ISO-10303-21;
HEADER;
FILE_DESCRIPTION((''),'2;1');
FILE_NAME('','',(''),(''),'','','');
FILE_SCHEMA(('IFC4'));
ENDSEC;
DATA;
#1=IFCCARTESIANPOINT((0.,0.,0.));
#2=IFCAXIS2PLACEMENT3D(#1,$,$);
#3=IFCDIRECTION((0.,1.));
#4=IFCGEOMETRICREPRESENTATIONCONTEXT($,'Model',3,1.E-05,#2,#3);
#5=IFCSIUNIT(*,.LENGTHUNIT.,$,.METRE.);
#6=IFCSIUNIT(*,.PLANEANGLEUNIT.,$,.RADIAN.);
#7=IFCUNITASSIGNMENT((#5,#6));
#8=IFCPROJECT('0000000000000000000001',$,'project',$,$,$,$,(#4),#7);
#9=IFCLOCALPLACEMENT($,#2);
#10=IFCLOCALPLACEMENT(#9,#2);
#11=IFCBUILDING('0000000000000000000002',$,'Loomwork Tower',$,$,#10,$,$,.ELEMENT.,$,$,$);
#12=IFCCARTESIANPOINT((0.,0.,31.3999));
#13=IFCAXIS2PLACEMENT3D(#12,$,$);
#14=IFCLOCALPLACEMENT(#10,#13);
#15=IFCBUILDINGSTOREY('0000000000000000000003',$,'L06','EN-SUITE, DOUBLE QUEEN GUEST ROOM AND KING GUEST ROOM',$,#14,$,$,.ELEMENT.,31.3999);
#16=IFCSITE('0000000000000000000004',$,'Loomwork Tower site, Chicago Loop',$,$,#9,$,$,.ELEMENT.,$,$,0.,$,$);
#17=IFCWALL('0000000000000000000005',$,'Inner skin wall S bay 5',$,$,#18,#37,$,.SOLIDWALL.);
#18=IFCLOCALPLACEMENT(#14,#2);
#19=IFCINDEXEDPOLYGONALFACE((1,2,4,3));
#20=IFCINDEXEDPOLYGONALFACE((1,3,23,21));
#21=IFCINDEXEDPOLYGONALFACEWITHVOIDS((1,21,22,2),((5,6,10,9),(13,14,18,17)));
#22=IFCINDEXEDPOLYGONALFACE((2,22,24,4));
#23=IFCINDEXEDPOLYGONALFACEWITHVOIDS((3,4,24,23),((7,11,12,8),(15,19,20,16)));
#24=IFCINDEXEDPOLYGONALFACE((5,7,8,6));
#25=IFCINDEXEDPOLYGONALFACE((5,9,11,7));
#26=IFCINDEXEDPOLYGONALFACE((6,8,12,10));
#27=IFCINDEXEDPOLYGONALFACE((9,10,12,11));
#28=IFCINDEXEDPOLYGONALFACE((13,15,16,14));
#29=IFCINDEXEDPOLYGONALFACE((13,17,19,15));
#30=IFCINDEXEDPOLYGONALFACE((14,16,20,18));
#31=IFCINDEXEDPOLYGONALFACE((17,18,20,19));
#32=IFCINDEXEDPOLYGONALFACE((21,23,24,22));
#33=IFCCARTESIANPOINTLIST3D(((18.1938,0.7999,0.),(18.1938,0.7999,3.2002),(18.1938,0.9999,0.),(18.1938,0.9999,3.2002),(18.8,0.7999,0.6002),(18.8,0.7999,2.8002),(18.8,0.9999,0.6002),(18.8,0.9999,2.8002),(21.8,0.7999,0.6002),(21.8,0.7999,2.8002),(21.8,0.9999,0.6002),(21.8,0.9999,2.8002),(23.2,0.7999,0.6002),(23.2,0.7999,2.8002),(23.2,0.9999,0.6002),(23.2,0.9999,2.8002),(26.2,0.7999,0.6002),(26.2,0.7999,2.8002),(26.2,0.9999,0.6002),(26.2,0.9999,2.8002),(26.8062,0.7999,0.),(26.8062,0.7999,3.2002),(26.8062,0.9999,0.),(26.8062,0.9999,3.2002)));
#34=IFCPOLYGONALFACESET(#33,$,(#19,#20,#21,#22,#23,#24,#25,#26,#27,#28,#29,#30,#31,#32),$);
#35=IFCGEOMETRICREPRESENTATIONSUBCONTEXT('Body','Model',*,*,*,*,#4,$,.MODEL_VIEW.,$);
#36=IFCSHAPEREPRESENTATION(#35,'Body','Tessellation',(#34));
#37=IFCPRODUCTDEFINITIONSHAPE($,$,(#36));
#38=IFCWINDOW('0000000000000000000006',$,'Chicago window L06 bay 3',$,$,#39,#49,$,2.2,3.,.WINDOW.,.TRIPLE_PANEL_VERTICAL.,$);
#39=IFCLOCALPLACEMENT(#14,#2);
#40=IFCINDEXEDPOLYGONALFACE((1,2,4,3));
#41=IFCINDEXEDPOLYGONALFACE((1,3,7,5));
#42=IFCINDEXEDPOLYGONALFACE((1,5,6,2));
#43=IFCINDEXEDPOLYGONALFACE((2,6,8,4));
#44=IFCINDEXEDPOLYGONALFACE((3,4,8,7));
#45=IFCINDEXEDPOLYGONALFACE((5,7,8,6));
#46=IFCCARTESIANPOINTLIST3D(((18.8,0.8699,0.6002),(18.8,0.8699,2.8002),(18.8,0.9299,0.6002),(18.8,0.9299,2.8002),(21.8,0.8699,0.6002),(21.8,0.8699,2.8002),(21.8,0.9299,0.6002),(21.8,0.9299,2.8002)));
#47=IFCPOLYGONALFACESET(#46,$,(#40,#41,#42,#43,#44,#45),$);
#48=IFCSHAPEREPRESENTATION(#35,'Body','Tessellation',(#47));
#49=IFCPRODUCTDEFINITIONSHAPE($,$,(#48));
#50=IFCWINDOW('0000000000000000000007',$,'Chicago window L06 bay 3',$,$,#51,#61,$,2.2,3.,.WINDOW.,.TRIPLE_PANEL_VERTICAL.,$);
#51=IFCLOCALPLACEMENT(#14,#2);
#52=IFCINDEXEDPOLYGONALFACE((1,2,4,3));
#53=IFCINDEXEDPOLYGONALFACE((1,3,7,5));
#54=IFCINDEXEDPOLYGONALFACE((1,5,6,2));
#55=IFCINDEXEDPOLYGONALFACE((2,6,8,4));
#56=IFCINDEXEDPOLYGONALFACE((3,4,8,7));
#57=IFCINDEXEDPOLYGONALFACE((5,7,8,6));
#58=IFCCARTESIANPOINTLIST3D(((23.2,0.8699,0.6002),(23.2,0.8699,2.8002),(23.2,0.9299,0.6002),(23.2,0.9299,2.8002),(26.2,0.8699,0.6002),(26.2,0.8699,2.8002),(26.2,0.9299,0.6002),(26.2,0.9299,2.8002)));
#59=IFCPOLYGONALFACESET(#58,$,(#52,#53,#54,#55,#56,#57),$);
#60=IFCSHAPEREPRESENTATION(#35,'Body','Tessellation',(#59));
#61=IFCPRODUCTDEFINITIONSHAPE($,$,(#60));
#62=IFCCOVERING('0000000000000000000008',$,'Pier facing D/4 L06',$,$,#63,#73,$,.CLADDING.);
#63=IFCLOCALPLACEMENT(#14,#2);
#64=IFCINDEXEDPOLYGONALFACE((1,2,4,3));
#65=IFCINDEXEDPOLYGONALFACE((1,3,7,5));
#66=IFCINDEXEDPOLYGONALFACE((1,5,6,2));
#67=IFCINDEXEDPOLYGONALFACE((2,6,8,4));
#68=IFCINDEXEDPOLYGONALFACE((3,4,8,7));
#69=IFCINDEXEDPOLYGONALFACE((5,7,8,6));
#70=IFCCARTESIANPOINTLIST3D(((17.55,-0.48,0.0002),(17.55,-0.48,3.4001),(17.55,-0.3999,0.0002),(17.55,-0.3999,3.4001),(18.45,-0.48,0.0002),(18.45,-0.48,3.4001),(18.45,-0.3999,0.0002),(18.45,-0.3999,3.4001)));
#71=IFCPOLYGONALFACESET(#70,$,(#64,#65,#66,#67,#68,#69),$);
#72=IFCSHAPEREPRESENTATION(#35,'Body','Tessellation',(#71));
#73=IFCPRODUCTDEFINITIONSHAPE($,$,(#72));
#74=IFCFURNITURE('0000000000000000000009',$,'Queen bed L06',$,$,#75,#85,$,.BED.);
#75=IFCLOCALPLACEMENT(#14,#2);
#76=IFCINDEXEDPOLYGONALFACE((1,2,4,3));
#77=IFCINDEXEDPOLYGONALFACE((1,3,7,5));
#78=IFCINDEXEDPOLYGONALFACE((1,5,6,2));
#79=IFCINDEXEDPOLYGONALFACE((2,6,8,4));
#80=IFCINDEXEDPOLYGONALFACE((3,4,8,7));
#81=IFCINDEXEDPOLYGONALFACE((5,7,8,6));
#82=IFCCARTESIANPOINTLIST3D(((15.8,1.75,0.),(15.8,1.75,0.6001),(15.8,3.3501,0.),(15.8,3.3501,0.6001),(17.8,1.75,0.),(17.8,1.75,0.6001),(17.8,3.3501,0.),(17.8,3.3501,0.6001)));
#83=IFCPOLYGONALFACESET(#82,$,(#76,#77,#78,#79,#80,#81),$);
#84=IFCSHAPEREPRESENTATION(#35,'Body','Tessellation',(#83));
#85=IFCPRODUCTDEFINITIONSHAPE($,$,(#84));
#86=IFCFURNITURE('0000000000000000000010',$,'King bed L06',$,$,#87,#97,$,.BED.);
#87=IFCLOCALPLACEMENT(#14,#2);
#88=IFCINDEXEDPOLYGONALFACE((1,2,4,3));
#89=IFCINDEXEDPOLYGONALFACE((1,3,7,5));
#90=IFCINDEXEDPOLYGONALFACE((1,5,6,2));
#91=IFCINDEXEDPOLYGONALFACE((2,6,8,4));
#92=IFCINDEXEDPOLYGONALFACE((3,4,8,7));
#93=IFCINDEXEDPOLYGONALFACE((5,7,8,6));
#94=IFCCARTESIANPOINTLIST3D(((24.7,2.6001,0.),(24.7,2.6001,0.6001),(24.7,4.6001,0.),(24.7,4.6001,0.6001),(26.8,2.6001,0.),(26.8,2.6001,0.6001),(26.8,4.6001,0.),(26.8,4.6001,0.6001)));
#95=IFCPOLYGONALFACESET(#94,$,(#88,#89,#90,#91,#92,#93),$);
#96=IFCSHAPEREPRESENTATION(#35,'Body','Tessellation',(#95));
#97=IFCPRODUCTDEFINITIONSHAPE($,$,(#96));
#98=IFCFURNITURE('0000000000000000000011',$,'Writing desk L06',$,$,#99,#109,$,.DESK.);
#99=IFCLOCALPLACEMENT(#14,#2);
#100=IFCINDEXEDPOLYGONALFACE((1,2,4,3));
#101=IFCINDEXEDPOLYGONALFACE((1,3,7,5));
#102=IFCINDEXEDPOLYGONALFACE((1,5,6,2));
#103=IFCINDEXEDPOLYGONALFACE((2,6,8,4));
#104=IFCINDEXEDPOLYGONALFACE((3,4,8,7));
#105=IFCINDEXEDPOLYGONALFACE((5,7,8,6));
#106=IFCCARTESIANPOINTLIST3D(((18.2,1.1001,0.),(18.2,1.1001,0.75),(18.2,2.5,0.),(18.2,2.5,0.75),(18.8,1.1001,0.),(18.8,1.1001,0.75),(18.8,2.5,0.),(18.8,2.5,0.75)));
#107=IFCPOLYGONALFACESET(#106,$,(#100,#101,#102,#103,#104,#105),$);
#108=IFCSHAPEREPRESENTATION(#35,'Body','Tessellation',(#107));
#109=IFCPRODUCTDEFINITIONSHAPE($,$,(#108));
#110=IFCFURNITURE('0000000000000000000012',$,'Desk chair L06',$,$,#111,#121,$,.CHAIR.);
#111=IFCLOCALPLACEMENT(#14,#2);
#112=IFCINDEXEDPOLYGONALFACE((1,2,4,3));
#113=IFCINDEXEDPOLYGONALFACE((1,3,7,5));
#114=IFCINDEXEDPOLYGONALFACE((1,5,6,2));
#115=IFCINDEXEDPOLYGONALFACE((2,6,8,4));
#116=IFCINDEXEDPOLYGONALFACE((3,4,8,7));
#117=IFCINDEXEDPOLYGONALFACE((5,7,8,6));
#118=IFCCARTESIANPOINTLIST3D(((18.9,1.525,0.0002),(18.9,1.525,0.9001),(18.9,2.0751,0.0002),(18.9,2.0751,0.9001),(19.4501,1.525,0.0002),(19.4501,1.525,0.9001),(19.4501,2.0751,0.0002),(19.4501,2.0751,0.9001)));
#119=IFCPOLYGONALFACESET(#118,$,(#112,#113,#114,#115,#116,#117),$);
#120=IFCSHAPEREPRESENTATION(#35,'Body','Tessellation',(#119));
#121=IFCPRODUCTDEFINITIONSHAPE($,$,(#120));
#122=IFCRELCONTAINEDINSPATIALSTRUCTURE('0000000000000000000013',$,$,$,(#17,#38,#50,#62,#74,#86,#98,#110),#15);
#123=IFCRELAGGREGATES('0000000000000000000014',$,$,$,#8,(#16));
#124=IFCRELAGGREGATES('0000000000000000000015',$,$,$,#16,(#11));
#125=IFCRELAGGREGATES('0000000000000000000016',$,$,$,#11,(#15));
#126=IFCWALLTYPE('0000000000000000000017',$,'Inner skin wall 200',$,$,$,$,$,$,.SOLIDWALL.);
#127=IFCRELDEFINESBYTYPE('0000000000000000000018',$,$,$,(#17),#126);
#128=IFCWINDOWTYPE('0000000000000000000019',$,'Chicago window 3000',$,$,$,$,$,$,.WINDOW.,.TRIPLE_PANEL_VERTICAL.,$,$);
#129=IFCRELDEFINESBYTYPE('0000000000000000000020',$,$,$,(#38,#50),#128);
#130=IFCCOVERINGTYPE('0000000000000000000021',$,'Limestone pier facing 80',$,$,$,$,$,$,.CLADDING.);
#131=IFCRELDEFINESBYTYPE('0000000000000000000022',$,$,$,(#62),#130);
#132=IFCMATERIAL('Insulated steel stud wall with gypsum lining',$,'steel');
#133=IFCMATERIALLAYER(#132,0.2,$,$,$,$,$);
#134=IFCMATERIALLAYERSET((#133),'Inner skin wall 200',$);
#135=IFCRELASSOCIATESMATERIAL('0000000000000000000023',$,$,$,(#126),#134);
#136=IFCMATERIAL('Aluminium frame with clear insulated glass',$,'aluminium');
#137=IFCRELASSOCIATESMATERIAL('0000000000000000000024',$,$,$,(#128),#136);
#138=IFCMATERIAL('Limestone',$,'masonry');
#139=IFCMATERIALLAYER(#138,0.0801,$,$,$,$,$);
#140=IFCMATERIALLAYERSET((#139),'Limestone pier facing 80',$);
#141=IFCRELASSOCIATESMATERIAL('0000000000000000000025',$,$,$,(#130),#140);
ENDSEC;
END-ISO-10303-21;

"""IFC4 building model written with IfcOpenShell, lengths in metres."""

from ifc_helpers import new_model, si_unit, direction, frame, frame_2d, origin, origin_2d, place, context, subcontext, project, spatial, rectangle, extrude, material, layer, layer_set, type_object, element, fill, save


model = new_model("IFC4")

# Units and contexts
model_context = context("Model", 3, precision=1e-05, world=origin(), true_north=direction((0.0, 1.0)))
body_context = subcontext(model_context, "Body", "Model", "MODEL_VIEW")
ifc_project = project(units=[si_unit("LENGTHUNIT", "METRE"), si_unit("PLANEANGLEUNIT", "RADIAN")], contexts=[model_context])

# Site, building, storey
site_placement = place(None, origin())
site = spatial("IfcSite", under=ifc_project, at=site_placement, Name="Loomwork Tower site, Chicago Loop", CompositionType="ELEMENT", RefElevation=0.0)
building_placement = place(site_placement, origin())
building = spatial("IfcBuilding", under=site, at=building_placement, Name="Loomwork Tower", CompositionType="ELEMENT")
storey_placement = place(building_placement, frame((0.0, 0.0, 31.3999)))
storey = spatial("IfcBuildingStorey", under=building, at=storey_placement, Name="L06", Description="EN-SUITE, DOUBLE QUEEN GUEST ROOM AND KING GUEST ROOM", CompositionType="ELEMENT", Elevation=31.3999)

# Shared definitions
ifc_material_1 = material(Name="Insulated steel stud wall with gypsum lining", Category="steel")
ifc_layer_1 = layer(ifc_material_1, 0.2)
ifc_layer_set_1 = layer_set([ifc_layer_1], Name="Inner skin wall 200")
wall_type = type_object("IfcWallType", Name="Inner skin wall 200", PredefinedType="SOLIDWALL", material=ifc_layer_set_1)

# Wall, openings, windows
wall_1_placement = place(storey_placement, frame((18.1938, 0.8999, 0.0), z_axis=(0.0, 0.0, 1.0), x_axis=(1.0, 0.0, 0.0)))
wall_1 = element("IfcWall", 1, at=wall_1_placement, inside=storey, type_object=wall_type, Name="Inner skin wall S bay 5", PredefinedType="SOLIDWALL", context=body_context, shape_type="SweptSolid", body=[
    extrude(rectangle(XDim=8.6123, YDim=0.2, at=frame_2d((4.3062, 0.0))), origin(), (0.0, 0.0, 1.0), 3.2002),
])
opening_1_placement = place(wall_1_placement, frame((0.6062, 0.0, 0.6001)))
opening_1 = element("IfcOpeningElement", 2, at=opening_1_placement, cuts=wall_1, PredefinedType="OPENING", context=body_context, shape_type="SweptSolid", body=[
    extrude(rectangle(XDim=3.0, YDim=2.2, at=frame_2d((1.5, 1.1001))), frame((0.0, 0.1099, 0.0), z_axis=(0.0, -1.0, 0.0), x_axis=(1.0, 0.0, 0.0)), (0.0, 0.0, 1.0), 0.22),
])
opening_2_placement = place(wall_1_placement, frame((5.0061, 0.0, 0.6001)))
opening_2 = element("IfcOpeningElement", 3, at=opening_2_placement, cuts=wall_1, PredefinedType="OPENING", context=body_context, shape_type="SweptSolid", body=[
    extrude(rectangle(XDim=3.0, YDim=2.2, at=frame_2d((1.5, 1.1001))), frame((0.0, 0.1099, 0.0), z_axis=(0.0, -1.0, 0.0), x_axis=(1.0, 0.0, 0.0)), (0.0, 0.0, 1.0), 0.22),
])
ifc_material_2 = material(Name="Aluminium frame with clear insulated glass", Category="aluminium")
window_type = type_object("IfcWindowType", Name="Chicago window 3000", PartitioningType="TRIPLE_PANEL_VERTICAL", PredefinedType="WINDOW", material=ifc_material_2)
window_1_placement = place(opening_1_placement, origin())
window_1 = element("IfcWindow", 4, at=window_1_placement, inside=storey, type_object=window_type, Name="Chicago window L06 bay 3", OverallHeight=2.2, OverallWidth=3.0, PartitioningType="TRIPLE_PANEL_VERTICAL", PredefinedType="WINDOW", context=body_context, shape_type="SweptSolid", body=[
    extrude(rectangle(XDim=3.0, YDim=2.2, at=frame_2d((1.5, 1.1001))), frame((0.0, 0.03, 0.0), z_axis=(0.0, -1.0, 0.0), x_axis=(1.0, 0.0, 0.0)), (0.0, 0.0, 1.0), 0.0601),
])
fill(opening_1, window_1)
window_2_placement = place(opening_2_placement, origin())
window_2 = element("IfcWindow", 5, at=window_2_placement, inside=storey, type_object=window_type, Name="Chicago window L06 bay 3", OverallHeight=2.2, OverallWidth=3.0, PartitioningType="TRIPLE_PANEL_VERTICAL", PredefinedType="WINDOW", context=body_context, shape_type="SweptSolid", body=[
    extrude(rectangle(XDim=3.0, YDim=2.2, at=frame_2d((1.5, 1.1001))), frame((0.0, 0.03, 0.0), z_axis=(0.0, -1.0, 0.0), x_axis=(1.0, 0.0, 0.0)), (0.0, 0.0, 1.0), 0.0601),
])
fill(opening_2, window_2)

# Covering
ifc_material_3 = material(Name="Limestone", Category="masonry")
ifc_layer_2 = layer(ifc_material_3, 0.0801)
ifc_layer_set_2 = layer_set([ifc_layer_2], Name="Limestone pier facing 80")
covering_type = type_object("IfcCoveringType", Name="Limestone pier facing 80", PredefinedType="CLADDING", material=ifc_layer_set_2)
covering_placement = place(storey_placement, frame((18.0, -0.4399, 0.0002), z_axis=(0.0, 0.0, 1.0), x_axis=(1.0, 0.0, 0.0)))
element("IfcCovering", 6, at=covering_placement, inside=storey, type_object=covering_type, Name="Pier facing D/4 L06", PredefinedType="CLADDING", context=body_context, shape_type="SweptSolid", body=[
    extrude(rectangle(XDim=0.8999, YDim=0.0801, at=origin_2d()), origin(), (0.0, 0.0, 1.0), 3.3999),
])

# Furniture
furniture_1_placement = place(storey_placement, frame((16.8, 2.55, 0.0), z_axis=(0.0, 0.0, 1.0), x_axis=(1.0, 0.0, 0.0)))
element("IfcFurniture", 7, at=furniture_1_placement, inside=storey, Name="Queen bed L06", PredefinedType="BED", context=body_context, shape_type="SweptSolid", body=[
    extrude(rectangle(XDim=2.0, YDim=1.6001, at=origin_2d()), origin(), (0.0, 0.0, 1.0), 0.6001),
])
furniture_2_placement = place(storey_placement, frame((25.75, 3.6001, 0.0), z_axis=(0.0, 0.0, 1.0), x_axis=(1.0, 0.0, 0.0)))
element("IfcFurniture", 8, at=furniture_2_placement, inside=storey, Name="King bed L06", PredefinedType="BED", context=body_context, shape_type="SweptSolid", body=[
    extrude(rectangle(XDim=2.1001, YDim=2.0, at=origin_2d()), origin(), (0.0, 0.0, 1.0), 0.6001),
])
furniture_3_placement = place(storey_placement, frame((18.5, 1.8, 0.0), z_axis=(0.0, 0.0, 1.0), x_axis=(1.0, 0.0, 0.0)))
element("IfcFurniture", 9, at=furniture_3_placement, inside=storey, Name="Writing desk L06", PredefinedType="DESK", context=body_context, shape_type="SweptSolid", body=[
    extrude(rectangle(XDim=0.6001, YDim=1.3999, at=origin_2d()), origin(), (0.0, 0.0, 1.0), 0.75),
])
furniture_4_placement = place(storey_placement, frame((19.175, 1.8, 0.0002), z_axis=(0.0, 0.0, 1.0), x_axis=(1.0, 0.0, 0.0)))
element("IfcFurniture", 10, at=furniture_4_placement, inside=storey, Name="Desk chair L06", PredefinedType="CHAIR", context=body_context, shape_type="SweptSolid", body=[
    extrude(rectangle(XDim=0.55, YDim=0.55, at=origin_2d()), origin(), (0.0, 0.0, 1.0), 0.8999),
])

save(model, "model.ifc")
